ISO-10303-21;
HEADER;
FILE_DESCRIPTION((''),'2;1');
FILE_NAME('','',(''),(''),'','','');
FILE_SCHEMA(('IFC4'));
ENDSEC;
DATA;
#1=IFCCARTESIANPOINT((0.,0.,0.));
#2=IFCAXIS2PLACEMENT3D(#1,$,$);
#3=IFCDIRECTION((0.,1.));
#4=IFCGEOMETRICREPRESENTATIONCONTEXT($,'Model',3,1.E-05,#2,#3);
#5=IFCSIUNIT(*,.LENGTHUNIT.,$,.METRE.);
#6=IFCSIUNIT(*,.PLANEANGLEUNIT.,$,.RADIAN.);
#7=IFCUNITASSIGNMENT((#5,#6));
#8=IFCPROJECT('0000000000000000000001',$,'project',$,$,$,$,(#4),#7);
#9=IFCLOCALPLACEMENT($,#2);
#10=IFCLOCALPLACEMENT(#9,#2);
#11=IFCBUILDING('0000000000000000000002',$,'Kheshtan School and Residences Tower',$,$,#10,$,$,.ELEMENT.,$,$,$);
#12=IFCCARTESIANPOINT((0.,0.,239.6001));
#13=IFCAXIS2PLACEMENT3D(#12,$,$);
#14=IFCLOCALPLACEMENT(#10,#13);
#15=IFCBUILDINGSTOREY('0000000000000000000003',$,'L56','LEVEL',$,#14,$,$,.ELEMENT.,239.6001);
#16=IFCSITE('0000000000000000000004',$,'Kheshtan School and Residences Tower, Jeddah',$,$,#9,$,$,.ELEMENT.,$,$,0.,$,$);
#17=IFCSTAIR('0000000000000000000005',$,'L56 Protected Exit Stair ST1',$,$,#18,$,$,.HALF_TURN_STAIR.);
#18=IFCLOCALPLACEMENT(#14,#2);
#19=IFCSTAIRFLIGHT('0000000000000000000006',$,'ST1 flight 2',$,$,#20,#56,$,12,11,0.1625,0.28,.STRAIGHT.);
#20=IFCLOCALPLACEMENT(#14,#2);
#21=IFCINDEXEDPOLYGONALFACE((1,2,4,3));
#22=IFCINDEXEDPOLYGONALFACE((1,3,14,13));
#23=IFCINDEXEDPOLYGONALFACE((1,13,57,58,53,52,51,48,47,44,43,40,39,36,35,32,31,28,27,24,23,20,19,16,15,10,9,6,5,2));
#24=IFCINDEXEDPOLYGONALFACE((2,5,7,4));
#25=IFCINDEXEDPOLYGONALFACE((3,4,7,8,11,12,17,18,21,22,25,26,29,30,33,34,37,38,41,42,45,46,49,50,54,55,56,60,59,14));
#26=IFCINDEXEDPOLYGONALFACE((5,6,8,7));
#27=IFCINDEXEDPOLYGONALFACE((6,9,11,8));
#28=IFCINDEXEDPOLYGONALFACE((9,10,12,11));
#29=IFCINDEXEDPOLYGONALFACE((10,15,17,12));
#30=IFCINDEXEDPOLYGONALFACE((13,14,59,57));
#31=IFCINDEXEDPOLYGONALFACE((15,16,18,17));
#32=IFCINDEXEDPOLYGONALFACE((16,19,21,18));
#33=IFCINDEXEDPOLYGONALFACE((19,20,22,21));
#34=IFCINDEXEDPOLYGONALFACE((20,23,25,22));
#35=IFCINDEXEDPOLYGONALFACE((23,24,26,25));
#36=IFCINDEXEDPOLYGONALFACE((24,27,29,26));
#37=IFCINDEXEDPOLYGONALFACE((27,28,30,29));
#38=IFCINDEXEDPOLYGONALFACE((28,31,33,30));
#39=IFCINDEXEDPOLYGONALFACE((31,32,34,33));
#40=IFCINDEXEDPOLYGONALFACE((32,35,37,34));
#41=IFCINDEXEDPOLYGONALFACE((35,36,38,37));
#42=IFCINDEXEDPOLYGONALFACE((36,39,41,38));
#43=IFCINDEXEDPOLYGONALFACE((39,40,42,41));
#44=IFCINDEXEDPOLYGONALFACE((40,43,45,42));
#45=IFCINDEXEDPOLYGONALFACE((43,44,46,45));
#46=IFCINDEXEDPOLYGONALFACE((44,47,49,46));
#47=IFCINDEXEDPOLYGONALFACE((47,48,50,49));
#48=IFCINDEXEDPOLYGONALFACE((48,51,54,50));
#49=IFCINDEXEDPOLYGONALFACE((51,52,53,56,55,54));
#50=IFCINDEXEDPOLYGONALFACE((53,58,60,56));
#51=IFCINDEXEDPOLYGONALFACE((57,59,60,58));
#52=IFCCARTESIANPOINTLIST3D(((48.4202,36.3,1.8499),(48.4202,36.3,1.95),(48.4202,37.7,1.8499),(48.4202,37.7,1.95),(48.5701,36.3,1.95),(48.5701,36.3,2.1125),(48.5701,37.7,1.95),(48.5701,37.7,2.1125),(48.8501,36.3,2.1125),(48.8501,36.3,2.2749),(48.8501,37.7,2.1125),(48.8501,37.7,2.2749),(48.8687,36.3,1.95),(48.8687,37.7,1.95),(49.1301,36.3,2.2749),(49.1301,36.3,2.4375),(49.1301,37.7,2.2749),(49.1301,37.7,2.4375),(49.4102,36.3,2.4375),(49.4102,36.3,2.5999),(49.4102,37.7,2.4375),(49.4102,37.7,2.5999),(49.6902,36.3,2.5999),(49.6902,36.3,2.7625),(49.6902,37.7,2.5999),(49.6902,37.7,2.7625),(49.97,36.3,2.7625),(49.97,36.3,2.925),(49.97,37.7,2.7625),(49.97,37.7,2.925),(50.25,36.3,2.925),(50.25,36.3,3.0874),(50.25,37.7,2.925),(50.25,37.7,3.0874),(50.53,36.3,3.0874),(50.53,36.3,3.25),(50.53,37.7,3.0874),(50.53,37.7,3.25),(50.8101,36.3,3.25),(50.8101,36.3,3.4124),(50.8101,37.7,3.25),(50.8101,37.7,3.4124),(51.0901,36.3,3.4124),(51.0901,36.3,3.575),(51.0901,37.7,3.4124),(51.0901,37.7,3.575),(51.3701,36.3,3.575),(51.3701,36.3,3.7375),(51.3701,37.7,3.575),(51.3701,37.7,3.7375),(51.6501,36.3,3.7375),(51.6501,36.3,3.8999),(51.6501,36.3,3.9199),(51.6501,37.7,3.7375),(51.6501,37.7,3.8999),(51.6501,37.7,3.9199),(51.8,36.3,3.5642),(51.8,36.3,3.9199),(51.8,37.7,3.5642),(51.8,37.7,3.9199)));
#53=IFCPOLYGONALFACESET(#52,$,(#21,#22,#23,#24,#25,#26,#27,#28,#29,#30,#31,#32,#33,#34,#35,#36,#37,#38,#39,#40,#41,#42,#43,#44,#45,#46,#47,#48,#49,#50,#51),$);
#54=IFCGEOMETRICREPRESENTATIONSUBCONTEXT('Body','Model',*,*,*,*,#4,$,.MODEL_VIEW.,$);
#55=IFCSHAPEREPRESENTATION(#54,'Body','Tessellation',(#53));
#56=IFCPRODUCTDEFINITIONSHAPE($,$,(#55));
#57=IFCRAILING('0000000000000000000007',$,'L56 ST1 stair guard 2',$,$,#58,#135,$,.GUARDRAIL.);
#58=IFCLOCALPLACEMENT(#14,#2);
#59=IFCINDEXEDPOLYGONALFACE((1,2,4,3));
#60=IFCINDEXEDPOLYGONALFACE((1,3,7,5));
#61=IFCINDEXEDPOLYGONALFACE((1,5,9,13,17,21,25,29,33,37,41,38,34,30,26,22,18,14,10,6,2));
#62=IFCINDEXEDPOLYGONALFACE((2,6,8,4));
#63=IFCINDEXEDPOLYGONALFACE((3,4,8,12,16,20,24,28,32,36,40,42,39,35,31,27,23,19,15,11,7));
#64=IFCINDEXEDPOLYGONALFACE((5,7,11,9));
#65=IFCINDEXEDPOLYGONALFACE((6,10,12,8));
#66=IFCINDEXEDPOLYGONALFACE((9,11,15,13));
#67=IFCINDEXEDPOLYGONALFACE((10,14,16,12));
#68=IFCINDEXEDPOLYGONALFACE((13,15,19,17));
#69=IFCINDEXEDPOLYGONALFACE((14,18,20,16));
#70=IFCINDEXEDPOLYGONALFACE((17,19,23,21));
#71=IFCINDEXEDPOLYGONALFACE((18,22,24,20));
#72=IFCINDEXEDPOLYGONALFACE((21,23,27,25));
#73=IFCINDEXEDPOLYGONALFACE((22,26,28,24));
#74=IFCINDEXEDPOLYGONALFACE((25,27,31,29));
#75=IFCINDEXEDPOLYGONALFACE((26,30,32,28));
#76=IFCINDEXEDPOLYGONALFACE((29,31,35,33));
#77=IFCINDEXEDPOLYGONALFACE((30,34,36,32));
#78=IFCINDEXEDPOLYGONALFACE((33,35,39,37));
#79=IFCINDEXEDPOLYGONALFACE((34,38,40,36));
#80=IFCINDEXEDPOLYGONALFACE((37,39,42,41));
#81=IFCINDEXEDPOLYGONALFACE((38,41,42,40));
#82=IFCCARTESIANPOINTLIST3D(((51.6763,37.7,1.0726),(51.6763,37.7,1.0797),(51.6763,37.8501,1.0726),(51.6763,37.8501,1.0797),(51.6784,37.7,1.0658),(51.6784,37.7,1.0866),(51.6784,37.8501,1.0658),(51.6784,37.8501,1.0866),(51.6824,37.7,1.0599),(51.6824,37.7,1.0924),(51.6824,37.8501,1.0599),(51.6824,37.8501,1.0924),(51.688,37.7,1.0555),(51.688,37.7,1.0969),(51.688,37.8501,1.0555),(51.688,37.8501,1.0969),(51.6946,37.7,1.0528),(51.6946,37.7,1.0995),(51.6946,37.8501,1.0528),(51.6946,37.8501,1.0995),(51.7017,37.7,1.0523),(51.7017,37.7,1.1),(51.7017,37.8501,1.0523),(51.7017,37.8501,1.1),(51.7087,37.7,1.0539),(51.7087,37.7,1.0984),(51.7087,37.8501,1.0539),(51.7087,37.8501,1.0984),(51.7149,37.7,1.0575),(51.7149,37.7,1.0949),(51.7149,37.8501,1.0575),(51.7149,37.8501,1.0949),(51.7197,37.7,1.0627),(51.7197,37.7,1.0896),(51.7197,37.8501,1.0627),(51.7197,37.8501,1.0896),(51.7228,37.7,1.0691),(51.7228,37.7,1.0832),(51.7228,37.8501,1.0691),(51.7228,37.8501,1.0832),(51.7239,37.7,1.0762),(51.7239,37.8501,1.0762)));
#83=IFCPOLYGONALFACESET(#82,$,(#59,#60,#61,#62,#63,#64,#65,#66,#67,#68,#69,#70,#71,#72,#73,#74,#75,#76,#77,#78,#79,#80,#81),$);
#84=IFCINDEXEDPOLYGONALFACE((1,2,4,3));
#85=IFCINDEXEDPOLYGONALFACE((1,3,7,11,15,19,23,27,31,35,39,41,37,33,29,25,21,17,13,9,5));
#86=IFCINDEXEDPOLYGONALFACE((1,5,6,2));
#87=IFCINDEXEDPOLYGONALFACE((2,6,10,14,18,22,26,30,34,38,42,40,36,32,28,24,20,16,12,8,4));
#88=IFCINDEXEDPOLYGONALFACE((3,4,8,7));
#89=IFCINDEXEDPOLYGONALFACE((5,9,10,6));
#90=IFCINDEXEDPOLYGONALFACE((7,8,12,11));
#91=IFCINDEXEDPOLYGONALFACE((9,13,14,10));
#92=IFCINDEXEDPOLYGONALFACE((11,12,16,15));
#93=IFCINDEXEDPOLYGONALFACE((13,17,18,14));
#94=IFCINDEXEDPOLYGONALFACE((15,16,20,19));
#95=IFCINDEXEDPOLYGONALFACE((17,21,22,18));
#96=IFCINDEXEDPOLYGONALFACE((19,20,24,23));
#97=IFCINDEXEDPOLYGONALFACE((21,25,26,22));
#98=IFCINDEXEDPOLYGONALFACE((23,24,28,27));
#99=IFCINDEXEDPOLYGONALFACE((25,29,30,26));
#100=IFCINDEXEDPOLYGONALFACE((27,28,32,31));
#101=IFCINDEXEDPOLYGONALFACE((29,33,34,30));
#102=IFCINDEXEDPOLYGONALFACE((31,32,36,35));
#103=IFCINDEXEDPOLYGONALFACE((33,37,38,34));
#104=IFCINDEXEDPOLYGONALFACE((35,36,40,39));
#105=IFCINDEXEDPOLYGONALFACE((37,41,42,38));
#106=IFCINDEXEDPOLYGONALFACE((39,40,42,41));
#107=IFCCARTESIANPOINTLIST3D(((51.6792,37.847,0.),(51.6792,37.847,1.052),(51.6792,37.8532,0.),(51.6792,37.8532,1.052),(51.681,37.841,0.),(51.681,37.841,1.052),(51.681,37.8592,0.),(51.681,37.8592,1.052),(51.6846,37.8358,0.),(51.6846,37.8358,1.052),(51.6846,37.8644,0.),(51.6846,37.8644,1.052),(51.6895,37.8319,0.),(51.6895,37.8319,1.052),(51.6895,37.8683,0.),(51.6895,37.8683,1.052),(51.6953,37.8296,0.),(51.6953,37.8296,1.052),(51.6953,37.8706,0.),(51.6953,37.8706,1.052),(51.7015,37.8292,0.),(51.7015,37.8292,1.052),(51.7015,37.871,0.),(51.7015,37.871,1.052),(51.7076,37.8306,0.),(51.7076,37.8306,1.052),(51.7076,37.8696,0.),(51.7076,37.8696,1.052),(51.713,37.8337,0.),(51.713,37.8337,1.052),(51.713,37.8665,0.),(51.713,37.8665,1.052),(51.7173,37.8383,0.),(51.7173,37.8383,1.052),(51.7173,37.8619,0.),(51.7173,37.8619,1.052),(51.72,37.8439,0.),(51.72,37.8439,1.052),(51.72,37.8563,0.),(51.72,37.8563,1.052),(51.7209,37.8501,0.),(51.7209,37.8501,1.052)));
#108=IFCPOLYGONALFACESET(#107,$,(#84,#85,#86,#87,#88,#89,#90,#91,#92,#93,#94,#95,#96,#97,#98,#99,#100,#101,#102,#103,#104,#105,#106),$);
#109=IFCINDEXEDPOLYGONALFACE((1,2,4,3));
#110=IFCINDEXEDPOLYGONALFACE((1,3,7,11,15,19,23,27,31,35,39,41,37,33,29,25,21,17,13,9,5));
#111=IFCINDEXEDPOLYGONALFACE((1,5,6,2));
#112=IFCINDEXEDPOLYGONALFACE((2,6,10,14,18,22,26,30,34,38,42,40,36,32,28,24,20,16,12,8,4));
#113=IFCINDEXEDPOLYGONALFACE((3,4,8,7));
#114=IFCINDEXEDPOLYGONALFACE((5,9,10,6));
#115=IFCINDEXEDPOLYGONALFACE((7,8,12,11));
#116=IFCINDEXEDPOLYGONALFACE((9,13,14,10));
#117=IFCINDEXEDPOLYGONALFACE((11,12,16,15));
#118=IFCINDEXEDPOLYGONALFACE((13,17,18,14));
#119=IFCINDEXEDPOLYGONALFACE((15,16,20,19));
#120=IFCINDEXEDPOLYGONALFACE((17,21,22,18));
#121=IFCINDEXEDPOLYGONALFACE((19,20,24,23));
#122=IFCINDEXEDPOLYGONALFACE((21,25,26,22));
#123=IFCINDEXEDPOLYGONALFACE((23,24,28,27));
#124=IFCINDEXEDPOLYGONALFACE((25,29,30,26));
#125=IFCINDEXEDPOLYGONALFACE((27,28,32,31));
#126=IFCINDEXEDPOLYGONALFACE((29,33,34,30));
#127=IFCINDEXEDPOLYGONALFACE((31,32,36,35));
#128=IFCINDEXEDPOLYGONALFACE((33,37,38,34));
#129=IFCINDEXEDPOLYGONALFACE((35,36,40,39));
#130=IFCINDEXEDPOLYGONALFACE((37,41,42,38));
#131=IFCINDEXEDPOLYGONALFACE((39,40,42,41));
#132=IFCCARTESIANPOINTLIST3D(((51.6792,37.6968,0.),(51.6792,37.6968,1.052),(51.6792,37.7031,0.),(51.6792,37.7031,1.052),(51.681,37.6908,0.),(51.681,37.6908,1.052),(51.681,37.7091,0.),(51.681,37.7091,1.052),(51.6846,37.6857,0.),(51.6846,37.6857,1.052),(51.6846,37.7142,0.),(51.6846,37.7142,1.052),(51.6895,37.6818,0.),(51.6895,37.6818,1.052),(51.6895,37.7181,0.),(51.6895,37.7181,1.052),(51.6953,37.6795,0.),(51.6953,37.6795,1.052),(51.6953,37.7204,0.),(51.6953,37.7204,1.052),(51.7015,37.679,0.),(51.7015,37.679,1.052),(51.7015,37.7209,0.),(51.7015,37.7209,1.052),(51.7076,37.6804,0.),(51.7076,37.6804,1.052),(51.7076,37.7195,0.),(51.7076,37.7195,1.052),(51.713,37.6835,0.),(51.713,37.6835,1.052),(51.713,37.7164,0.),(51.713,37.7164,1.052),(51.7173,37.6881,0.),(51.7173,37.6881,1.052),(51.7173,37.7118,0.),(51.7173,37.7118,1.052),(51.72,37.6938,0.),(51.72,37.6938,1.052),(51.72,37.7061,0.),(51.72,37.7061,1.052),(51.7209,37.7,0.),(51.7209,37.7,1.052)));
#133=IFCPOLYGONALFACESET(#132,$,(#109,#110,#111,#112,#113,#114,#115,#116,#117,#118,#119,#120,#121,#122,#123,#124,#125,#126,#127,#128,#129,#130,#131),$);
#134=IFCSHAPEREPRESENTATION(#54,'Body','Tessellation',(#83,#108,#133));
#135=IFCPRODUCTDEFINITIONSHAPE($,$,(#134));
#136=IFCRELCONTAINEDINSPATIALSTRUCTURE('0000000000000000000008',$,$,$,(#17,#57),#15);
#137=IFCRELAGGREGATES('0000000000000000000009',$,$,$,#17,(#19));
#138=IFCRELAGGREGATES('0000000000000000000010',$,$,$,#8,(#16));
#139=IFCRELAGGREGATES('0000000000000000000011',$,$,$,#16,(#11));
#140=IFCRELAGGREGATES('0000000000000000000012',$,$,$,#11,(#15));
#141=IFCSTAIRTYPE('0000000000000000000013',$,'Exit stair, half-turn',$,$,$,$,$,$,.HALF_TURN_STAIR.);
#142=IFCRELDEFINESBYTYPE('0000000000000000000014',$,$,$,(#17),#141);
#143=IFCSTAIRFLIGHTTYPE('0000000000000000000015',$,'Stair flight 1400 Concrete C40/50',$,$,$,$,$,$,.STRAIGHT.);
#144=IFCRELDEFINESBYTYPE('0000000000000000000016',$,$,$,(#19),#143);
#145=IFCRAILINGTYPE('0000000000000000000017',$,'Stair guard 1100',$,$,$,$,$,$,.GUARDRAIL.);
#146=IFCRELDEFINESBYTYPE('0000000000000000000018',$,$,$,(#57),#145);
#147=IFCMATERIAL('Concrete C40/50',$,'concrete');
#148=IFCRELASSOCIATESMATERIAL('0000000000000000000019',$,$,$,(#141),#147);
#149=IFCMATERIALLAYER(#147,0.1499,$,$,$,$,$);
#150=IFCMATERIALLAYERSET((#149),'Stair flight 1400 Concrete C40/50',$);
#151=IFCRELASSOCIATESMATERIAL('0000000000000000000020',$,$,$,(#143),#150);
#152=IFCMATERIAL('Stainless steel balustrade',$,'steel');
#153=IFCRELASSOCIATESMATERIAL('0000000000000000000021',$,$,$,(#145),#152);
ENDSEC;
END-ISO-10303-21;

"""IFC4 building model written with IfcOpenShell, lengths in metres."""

from ifc_helpers import new_model, si_unit, direction, frame, origin, origin_2d, place, context, subcontext, project, spatial, polyline, circle, outline, extrude, material, layer, layer_set, type_object, element, aggregate, save


model = new_model("IFC4")

# Units and contexts
model_context = context("Model", 3, precision=1e-05, world=origin(), true_north=direction((0.0, 1.0)))
body_context = subcontext(model_context, "Body", "Model", "MODEL_VIEW")
ifc_project = project(units=[si_unit("LENGTHUNIT", "METRE"), si_unit("PLANEANGLEUNIT", "RADIAN")], contexts=[model_context])

# Site, building, storey
site_placement = place(None, origin())
site = spatial("IfcSite", under=ifc_project, at=site_placement, Name="Kheshtan School and Residences Tower, Jeddah", CompositionType="ELEMENT", RefElevation=0.0)
building_placement = place(site_placement, origin())
building = spatial("IfcBuilding", under=site, at=building_placement, Name="Kheshtan School and Residences Tower", CompositionType="ELEMENT")
storey_placement = place(building_placement, frame((0.0, 0.0, 239.6001)))
storey = spatial("IfcBuildingStorey", under=building, at=storey_placement, Name="L56", Description="LEVEL", CompositionType="ELEMENT", Elevation=239.6001)

# Shared definitions
ifc_material_1 = material(Name="Concrete C40/50", Category="concrete")

# Stair, stair flight
stair_type = type_object("IfcStairType", Name="Exit stair, half-turn", PredefinedType="HALF_TURN_STAIR", material=ifc_material_1)
stair_placement = place(storey_placement, origin())
stair = element("IfcStair", 1, at=stair_placement, inside=storey, type_object=stair_type, Name="L56 Protected Exit Stair ST1", PredefinedType="HALF_TURN_STAIR")
ifc_layer_1 = layer(ifc_material_1, 0.1499)
ifc_layer_set_1 = layer_set([ifc_layer_1], Name="Stair flight 1400 Concrete C40/50")
stair_flight_type = type_object("IfcStairFlightType", Name="Stair flight 1400 Concrete C40/50", PredefinedType="STRAIGHT", material=ifc_layer_set_1)
stair_flight_1_placement = place(storey_placement, frame((48.5701, 37.0, 1.95), z_axis=(0.0, 0.0, 1.0), x_axis=(1.0, 0.0, 0.0)))
stair_flight_1 = element("IfcStairFlight", 2, at=stair_flight_1_placement, type_object=stair_flight_type, Name="ST1 flight 2", NumberOfRisers=12, NumberOfTreads=11, PredefinedType="STRAIGHT", RiserHeight=0.1625, TreadLength=0.28, context=body_context, shape_type="SweptSolid", body=[
    extrude(outline(polyline([(-0.1499, -0.1001), (-0.1499, 0.0), (0.0, 0.0), (0.0, 0.1626), (0.28, 0.1626), (0.28, 0.325), (0.5601, 0.325), (0.5601, 0.4875), (0.8401, 0.4875), (0.8401, 0.6499), (1.1201, 0.6499), (1.1201, 0.8125), (1.3999, 0.8125), (1.3999, 0.9751), (1.6799, 0.9751), (1.6799, 1.1375), (1.96, 1.1375), (1.96, 1.3), (2.24, 1.3), (2.24, 1.4624), (2.52, 1.4624), (2.52, 1.625), (2.8, 1.625), (2.8, 1.7876), (3.0801, 1.7876), (3.0801, 1.95), (3.0801, 1.97), (3.23, 1.97), (3.23, 1.6143), (0.2986, 0.0), (-0.1499, -0.1001)])), frame((0.0, 0.7, 0.0), z_axis=(0.0, -1.0, 0.0), x_axis=(1.0, 0.0, 0.0)), (0.0, 0.0, 1.0), 1.3999),
])
aggregate(stair, [stair_flight_1])

# Railing
ifc_material_2 = material(Name="Stainless steel balustrade", Category="steel")
railing_type_1 = type_object("IfcRailingType", Name="Stair guard 1100", PredefinedType="GUARDRAIL", material=ifc_material_2)
railing_1_placement = place(storey_placement, frame((51.7, 37.8501, 0.0)))
element("IfcRailing", 3, at=railing_1_placement, inside=storey, type_object=railing_type_1, Name="L56 ST1 stair guard 2", PredefinedType="GUARDRAIL", context=body_context, shape_type="SweptSolid", body=[
    extrude(circle(Radius=0.0239, at=origin_2d()), frame((0.0, 0.0, 1.0762), z_axis=(0.0, -1.0, 0.0), x_axis=(1.0, 0.0, 0.0)), (0.0, 0.0, 1.0), 0.1501),
    extrude(circle(Radius=0.021, at=origin_2d()), origin(), (0.0, 0.0, 1.0), 1.052),
    extrude(circle(Radius=0.021, at=origin_2d()), frame((0.0, -0.1501, 0.0)), (0.0, 0.0, 1.0), 1.052),
])

save(model, "model.ifc")
